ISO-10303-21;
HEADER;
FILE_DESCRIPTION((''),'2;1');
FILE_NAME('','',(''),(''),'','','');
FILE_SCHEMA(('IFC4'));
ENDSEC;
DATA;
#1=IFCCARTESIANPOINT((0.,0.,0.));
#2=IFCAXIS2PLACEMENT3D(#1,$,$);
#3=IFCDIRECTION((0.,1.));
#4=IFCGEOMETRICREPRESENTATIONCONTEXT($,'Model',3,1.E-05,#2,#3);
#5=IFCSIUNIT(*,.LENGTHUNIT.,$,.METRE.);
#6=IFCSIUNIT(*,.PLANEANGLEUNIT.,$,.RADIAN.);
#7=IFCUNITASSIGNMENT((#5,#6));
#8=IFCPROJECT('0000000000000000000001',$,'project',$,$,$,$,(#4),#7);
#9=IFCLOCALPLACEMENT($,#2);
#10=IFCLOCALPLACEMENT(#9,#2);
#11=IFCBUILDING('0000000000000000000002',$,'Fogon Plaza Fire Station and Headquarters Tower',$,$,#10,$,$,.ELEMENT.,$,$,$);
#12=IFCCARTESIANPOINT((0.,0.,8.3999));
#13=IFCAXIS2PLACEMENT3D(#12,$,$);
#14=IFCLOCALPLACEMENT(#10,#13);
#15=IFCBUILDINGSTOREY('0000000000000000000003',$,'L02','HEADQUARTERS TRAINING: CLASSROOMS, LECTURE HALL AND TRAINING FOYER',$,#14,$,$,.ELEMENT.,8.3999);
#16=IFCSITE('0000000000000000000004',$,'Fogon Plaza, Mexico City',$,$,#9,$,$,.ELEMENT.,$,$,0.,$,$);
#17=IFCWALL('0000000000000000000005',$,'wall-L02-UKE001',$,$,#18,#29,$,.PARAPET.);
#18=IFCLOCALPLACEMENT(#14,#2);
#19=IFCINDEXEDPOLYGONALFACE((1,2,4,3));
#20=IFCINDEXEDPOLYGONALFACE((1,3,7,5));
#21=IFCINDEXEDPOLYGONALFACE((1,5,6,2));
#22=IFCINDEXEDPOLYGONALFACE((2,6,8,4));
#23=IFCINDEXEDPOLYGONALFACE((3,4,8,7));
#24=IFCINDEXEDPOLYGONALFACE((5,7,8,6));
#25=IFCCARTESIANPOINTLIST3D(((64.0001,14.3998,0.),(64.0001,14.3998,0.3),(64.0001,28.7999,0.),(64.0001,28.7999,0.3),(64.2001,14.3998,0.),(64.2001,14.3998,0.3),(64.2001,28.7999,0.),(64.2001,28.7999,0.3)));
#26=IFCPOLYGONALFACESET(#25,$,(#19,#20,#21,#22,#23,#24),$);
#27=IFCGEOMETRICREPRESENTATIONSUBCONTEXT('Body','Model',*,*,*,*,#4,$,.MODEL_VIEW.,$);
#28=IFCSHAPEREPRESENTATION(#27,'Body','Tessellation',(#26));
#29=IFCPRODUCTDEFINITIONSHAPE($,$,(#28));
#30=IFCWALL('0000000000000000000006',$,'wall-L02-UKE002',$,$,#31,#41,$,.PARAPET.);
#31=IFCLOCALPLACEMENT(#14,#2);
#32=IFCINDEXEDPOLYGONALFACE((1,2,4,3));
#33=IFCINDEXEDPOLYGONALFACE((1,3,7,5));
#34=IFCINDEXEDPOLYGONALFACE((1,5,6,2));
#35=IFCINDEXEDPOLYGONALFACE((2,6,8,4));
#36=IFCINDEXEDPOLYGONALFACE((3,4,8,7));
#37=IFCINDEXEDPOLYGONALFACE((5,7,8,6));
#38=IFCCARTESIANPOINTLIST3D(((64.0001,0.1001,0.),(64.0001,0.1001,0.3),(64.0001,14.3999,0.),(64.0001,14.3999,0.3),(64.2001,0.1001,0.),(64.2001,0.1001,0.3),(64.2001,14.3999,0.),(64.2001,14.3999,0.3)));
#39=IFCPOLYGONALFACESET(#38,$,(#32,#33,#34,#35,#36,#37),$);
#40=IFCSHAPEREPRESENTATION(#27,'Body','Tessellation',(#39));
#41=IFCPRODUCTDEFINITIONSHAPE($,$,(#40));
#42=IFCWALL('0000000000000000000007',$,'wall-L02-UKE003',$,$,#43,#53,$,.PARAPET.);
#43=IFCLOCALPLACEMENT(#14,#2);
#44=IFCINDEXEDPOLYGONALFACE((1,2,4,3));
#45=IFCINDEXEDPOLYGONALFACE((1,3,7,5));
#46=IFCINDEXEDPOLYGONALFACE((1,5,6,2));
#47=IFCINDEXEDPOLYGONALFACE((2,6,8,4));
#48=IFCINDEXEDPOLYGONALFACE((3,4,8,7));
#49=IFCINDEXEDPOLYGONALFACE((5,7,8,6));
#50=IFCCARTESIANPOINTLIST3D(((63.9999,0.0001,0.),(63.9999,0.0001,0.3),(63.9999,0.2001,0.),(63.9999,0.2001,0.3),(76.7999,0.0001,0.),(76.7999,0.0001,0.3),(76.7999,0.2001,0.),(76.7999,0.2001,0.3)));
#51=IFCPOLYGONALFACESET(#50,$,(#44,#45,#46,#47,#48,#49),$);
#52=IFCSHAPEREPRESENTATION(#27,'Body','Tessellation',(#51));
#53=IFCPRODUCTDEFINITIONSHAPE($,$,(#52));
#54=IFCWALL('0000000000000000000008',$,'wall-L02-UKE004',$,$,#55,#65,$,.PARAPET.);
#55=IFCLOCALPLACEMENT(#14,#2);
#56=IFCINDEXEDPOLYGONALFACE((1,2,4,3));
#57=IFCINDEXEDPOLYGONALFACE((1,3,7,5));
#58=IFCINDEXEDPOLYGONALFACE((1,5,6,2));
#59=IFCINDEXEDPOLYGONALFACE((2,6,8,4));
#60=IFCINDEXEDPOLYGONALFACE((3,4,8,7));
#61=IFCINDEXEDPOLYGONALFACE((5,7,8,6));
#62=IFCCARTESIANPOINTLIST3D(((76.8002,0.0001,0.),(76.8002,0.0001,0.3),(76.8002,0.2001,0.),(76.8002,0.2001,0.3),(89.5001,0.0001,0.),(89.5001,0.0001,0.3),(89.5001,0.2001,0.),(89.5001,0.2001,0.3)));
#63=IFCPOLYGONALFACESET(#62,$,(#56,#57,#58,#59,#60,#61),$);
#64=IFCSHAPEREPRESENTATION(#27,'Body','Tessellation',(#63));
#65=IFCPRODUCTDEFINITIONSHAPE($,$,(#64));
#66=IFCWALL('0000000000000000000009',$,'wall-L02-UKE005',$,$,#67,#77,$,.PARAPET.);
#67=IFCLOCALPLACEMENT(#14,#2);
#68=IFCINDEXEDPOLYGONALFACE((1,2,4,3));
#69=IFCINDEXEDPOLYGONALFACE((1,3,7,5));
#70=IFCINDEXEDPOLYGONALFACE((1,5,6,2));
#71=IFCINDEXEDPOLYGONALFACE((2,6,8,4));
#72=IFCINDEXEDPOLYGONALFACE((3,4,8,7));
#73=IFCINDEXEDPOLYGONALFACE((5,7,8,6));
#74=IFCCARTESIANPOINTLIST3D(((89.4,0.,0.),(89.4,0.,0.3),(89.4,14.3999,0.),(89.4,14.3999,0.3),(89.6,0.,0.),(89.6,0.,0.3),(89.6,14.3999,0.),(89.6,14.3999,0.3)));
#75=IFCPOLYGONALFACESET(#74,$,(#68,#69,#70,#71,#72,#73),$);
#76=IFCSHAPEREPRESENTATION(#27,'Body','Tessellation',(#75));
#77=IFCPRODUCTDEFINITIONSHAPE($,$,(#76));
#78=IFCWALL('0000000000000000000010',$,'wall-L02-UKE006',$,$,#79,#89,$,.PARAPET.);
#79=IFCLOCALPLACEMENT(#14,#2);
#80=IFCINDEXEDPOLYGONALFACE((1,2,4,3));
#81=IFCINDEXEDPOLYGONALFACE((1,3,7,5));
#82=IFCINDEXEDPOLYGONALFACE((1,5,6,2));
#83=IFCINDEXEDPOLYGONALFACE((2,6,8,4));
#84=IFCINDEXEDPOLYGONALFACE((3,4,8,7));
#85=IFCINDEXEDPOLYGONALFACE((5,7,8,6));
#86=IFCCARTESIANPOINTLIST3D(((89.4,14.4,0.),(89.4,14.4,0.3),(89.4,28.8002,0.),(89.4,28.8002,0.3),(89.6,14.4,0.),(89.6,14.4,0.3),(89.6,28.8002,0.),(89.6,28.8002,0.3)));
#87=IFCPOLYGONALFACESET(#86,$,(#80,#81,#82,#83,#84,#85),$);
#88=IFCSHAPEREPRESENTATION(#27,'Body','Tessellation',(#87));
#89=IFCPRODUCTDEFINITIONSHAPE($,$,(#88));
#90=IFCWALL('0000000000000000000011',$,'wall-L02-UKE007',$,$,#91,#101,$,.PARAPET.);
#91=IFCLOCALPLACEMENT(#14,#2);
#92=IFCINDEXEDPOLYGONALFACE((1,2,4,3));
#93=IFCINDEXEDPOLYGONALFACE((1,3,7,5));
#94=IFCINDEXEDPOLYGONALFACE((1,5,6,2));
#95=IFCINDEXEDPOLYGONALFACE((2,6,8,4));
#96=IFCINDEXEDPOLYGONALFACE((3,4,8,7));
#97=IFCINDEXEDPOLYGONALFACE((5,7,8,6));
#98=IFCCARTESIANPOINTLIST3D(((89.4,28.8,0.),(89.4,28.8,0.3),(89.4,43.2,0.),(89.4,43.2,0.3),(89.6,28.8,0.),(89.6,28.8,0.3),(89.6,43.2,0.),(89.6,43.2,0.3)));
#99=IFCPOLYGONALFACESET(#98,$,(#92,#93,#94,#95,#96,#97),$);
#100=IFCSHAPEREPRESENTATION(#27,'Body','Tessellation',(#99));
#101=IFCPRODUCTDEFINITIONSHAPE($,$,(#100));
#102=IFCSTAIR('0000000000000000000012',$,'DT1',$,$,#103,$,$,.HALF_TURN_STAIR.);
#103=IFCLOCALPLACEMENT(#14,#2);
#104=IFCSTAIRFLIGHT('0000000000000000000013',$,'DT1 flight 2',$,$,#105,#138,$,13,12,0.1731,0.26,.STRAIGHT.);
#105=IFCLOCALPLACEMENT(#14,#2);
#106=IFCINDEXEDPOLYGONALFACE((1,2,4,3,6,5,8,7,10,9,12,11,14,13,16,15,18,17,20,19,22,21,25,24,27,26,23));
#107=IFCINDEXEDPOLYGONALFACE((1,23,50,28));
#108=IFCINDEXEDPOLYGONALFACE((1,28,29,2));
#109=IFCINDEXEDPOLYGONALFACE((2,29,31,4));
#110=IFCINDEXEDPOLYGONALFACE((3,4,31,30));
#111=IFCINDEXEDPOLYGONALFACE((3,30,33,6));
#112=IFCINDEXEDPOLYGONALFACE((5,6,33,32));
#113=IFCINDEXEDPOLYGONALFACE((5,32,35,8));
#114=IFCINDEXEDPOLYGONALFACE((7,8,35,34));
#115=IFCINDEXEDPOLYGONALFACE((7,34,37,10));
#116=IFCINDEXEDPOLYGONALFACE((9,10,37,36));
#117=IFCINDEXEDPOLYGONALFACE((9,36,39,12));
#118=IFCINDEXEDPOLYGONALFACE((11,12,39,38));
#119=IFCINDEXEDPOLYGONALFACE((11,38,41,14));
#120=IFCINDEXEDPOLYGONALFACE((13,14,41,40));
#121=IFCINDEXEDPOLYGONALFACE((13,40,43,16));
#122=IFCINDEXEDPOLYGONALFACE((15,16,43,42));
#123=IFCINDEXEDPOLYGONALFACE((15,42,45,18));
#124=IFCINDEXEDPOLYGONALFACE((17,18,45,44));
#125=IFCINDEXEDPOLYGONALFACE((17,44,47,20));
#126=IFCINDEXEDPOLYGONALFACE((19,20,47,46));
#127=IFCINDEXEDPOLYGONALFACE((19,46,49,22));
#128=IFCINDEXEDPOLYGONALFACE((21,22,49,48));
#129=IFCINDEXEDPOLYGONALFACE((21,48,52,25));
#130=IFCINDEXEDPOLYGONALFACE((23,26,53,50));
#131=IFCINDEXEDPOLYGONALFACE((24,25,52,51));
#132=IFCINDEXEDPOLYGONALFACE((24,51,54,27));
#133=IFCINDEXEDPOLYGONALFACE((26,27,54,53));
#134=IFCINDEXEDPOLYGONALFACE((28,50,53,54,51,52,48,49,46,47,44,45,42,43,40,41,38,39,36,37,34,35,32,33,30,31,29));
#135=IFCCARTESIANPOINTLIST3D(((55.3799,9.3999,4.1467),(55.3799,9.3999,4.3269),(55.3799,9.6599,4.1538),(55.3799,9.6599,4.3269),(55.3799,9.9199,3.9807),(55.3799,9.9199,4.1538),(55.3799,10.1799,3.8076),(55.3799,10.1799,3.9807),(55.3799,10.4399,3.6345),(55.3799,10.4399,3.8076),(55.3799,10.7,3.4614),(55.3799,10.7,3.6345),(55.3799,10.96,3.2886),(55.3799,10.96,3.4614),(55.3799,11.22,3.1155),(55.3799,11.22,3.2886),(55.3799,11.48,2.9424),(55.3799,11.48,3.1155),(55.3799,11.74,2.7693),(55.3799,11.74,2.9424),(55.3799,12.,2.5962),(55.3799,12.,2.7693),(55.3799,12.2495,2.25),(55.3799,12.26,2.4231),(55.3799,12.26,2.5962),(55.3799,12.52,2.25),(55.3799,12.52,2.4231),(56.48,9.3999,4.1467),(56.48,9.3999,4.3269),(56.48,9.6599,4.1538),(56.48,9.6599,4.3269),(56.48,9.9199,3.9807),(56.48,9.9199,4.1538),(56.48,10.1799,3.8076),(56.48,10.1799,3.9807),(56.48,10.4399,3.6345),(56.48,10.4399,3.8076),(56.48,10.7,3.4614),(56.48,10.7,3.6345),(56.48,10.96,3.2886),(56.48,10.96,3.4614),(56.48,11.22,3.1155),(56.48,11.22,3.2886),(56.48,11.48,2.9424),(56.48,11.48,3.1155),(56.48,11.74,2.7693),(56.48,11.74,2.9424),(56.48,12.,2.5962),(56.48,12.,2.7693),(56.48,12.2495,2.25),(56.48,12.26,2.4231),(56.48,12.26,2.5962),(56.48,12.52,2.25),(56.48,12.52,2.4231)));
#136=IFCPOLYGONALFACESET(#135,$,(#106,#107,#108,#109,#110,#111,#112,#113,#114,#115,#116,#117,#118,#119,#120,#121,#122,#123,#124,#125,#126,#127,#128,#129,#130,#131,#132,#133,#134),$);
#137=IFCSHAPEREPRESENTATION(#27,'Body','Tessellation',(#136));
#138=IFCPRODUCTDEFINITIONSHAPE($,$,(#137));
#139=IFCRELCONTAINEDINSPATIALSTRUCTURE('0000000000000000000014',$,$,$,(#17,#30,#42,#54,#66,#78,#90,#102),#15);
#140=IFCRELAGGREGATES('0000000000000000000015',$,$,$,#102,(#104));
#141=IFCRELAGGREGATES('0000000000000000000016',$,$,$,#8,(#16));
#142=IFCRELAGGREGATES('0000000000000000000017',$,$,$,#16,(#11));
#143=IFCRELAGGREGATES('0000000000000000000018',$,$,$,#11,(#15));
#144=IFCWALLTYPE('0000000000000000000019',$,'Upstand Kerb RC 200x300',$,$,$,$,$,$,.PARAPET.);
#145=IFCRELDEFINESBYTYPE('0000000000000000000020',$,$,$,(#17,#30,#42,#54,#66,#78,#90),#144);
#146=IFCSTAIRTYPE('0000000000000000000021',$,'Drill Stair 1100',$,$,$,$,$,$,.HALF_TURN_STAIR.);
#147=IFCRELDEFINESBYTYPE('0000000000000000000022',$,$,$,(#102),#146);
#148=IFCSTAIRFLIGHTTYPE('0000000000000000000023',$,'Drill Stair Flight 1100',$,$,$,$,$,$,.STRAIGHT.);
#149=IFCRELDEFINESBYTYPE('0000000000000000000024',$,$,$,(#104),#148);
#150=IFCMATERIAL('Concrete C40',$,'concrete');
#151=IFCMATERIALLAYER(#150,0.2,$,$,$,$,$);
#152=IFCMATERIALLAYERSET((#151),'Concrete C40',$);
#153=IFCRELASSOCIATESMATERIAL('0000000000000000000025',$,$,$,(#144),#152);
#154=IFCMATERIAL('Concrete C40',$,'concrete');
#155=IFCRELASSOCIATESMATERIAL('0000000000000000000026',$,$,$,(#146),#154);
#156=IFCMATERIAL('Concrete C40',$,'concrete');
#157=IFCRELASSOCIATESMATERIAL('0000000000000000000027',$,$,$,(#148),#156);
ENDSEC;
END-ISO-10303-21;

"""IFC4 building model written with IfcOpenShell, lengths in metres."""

from ifc_helpers import new_model, si_unit, direction, frame, frame_2d, origin, place, context, subcontext, project, spatial, polyline, rectangle, outline, extrude, material, layer, layer_set, type_object, element, aggregate, save


model = new_model("IFC4")

# Units and contexts
model_context = context("Model", 3, precision=1e-05, world=origin(), true_north=direction((0.0, 1.0)))
body_context = subcontext(model_context, "Body", "Model", "MODEL_VIEW")
ifc_project = project(units=[si_unit("LENGTHUNIT", "METRE"), si_unit("PLANEANGLEUNIT", "RADIAN")], contexts=[model_context])

# Site, building, storey
site_placement = place(None, origin())
site = spatial("IfcSite", under=ifc_project, at=site_placement, Name="Fogon Plaza, Mexico City", CompositionType="ELEMENT", RefElevation=0.0)
building_placement = place(site_placement, origin())
building = spatial("IfcBuilding", under=site, at=building_placement, Name="Fogon Plaza Fire Station and Headquarters Tower", CompositionType="ELEMENT")
storey_placement = place(building_placement, frame((0.0, 0.0, 8.3999)))
storey = spatial("IfcBuildingStorey", under=building, at=storey_placement, Name="L02", Description="HEADQUARTERS TRAINING: CLASSROOMS, LECTURE HALL AND TRAINING FOYER", CompositionType="ELEMENT", Elevation=8.3999)

# Walls
ifc_material_1 = material(Name="Concrete C40", Category="concrete")
ifc_layer_1 = layer(ifc_material_1, 0.2)
ifc_layer_set_1 = layer_set([ifc_layer_1], Name="Concrete C40")
wall_type_1 = type_object("IfcWallType", Name="Upstand Kerb RC 200x300", PredefinedType="PARAPET", material=ifc_layer_set_1)
wall_1_placement = place(storey_placement, frame((64.1001, 28.8, 0.0), z_axis=(0.0, 0.0, 1.0), x_axis=(0.0, -1.0, 0.0)))
element("IfcWall", 1, at=wall_1_placement, inside=storey, type_object=wall_type_1, Name="wall-L02-UKE001", PredefinedType="PARAPET", context=body_context, shape_type="SweptSolid", body=[
    extrude(rectangle(XDim=14.4001, YDim=0.2, at=frame_2d((7.2002, 0.0))), origin(), (0.0, 0.0, 1.0), 0.3),
])
wall_2_placement = place(storey_placement, frame((64.1001, 14.3999, 0.0), z_axis=(0.0, 0.0, 1.0), x_axis=(0.0, -1.0, 0.0)))
element("IfcWall", 2, at=wall_2_placement, inside=storey, type_object=wall_type_1, Name="wall-L02-UKE002", PredefinedType="PARAPET", context=body_context, shape_type="SweptSolid", body=[
    extrude(rectangle(XDim=14.2998, YDim=0.2, at=frame_2d((7.1499, 0.0))), origin(), (0.0, 0.0, 1.0), 0.3),
])
wall_3_placement = place(storey_placement, frame((64.0, 0.1001, 0.0), z_axis=(0.0, 0.0, 1.0), x_axis=(1.0, 0.0, 0.0)))
element("IfcWall", 3, at=wall_3_placement, inside=storey, type_object=wall_type_1, Name="wall-L02-UKE003", PredefinedType="PARAPET", context=body_context, shape_type="SweptSolid", body=[
    extrude(rectangle(XDim=12.8, YDim=0.2, at=frame_2d((6.3999, 0.0))), origin(), (0.0, 0.0, 1.0), 0.3),
])
wall_4_placement = place(storey_placement, frame((76.8, 0.1001, 0.0), z_axis=(0.0, 0.0, 1.0), x_axis=(1.0, 0.0, 0.0)))
element("IfcWall", 4, at=wall_4_placement, inside=storey, type_object=wall_type_1, Name="wall-L02-UKE004", PredefinedType="PARAPET", context=body_context, shape_type="SweptSolid", body=[
    extrude(rectangle(XDim=12.7, YDim=0.2, at=frame_2d((6.3501, 0.0))), origin(), (0.0, 0.0, 1.0), 0.3),
])
wall_5_placement = place(storey_placement, frame((89.5, 0.0, 0.0), z_axis=(0.0, 0.0, 1.0), x_axis=(0.0, 1.0, 0.0)))
element("IfcWall", 5, at=wall_5_placement, inside=storey, type_object=wall_type_1, Name="wall-L02-UKE005", PredefinedType="PARAPET", context=body_context, shape_type="SweptSolid", body=[
    extrude(rectangle(XDim=14.3999, YDim=0.2, at=frame_2d((7.2, 0.0))), origin(), (0.0, 0.0, 1.0), 0.3),
])
wall_6_placement = place(storey_placement, frame((89.5, 14.3999, 0.0), z_axis=(0.0, 0.0, 1.0), x_axis=(0.0, 1.0, 0.0)))
element("IfcWall", 6, at=wall_6_placement, inside=storey, type_object=wall_type_1, Name="wall-L02-UKE006", PredefinedType="PARAPET", context=body_context, shape_type="SweptSolid", body=[
    extrude(rectangle(XDim=14.4001, YDim=0.2, at=frame_2d((7.2002, 0.0))), origin(), (0.0, 0.0, 1.0), 0.3),
])
wall_7_placement = place(storey_placement, frame((89.5, 28.8, 0.0), z_axis=(0.0, 0.0, 1.0), x_axis=(0.0, 1.0, 0.0)))
element("IfcWall", 7, at=wall_7_placement, inside=storey, type_object=wall_type_1, Name="wall-L02-UKE007", PredefinedType="PARAPET", context=body_context, shape_type="SweptSolid", body=[
    extrude(rectangle(XDim=14.3999, YDim=0.2, at=frame_2d((7.2, 0.0))), origin(), (0.0, 0.0, 1.0), 0.3),
])

# Stair, stair flight
ifc_material_2 = material(Name="Concrete C40", Category="concrete")
stair_type = type_object("IfcStairType", Name="Drill Stair 1100", PredefinedType="HALF_TURN_STAIR", material=ifc_material_2)
stair_placement = place(storey_placement, origin())
stair = element("IfcStair", 8, at=stair_placement, inside=storey, type_object=stair_type, Name="DT1", PredefinedType="HALF_TURN_STAIR")
ifc_material_3 = material(Name="Concrete C40", Category="concrete")
stair_flight_type = type_object("IfcStairFlightType", Name="Drill Stair Flight 1100", PredefinedType="STRAIGHT", material=ifc_material_3)
stair_flight_placement = place(storey_placement, frame((55.9299, 12.52, 2.25), z_axis=(0.0, 0.0, 1.0), x_axis=(0.0, -1.0, 0.0)))
stair_flight = element("IfcStairFlight", 9, at=stair_flight_placement, type_object=stair_flight_type, Name="DT1 flight 2", NumberOfRisers=13, NumberOfTreads=12, PredefinedType="STRAIGHT", RiserHeight=0.1731, TreadLength=0.26, context=body_context, shape_type="SweptSolid", body=[
    extrude(outline(polyline([(0.0, 0.0), (0.0, 0.1731), (0.26, 0.1731), (0.26, 0.3462), (0.52, 0.3462), (0.52, 0.5193), (0.78, 0.5193), (0.78, 0.6924), (1.04, 0.6924), (1.04, 0.8655), (1.3, 0.8655), (1.3, 1.0386), (1.5601, 1.0386), (1.5601, 1.2114), (1.8201, 1.2114), (1.8201, 1.3845), (2.0801, 1.3845), (2.0801, 1.5576), (2.3401, 1.5576), (2.3401, 1.7307), (2.6001, 1.7307), (2.6001, 1.9038), (2.8601, 1.9038), (2.8601, 2.0769), (3.1201, 2.0769), (3.1201, 2.25), (3.1201, 1.8967), (0.2705, 0.0), (0.0, 0.0)])), frame((0.0, 0.55, 0.0), z_axis=(0.0, -1.0, 0.0), x_axis=(1.0, 0.0, 0.0)), (0.0, 0.0, 1.0), 1.1001),
])
aggregate(stair, [stair_flight])

save(model, "model.ifc")
